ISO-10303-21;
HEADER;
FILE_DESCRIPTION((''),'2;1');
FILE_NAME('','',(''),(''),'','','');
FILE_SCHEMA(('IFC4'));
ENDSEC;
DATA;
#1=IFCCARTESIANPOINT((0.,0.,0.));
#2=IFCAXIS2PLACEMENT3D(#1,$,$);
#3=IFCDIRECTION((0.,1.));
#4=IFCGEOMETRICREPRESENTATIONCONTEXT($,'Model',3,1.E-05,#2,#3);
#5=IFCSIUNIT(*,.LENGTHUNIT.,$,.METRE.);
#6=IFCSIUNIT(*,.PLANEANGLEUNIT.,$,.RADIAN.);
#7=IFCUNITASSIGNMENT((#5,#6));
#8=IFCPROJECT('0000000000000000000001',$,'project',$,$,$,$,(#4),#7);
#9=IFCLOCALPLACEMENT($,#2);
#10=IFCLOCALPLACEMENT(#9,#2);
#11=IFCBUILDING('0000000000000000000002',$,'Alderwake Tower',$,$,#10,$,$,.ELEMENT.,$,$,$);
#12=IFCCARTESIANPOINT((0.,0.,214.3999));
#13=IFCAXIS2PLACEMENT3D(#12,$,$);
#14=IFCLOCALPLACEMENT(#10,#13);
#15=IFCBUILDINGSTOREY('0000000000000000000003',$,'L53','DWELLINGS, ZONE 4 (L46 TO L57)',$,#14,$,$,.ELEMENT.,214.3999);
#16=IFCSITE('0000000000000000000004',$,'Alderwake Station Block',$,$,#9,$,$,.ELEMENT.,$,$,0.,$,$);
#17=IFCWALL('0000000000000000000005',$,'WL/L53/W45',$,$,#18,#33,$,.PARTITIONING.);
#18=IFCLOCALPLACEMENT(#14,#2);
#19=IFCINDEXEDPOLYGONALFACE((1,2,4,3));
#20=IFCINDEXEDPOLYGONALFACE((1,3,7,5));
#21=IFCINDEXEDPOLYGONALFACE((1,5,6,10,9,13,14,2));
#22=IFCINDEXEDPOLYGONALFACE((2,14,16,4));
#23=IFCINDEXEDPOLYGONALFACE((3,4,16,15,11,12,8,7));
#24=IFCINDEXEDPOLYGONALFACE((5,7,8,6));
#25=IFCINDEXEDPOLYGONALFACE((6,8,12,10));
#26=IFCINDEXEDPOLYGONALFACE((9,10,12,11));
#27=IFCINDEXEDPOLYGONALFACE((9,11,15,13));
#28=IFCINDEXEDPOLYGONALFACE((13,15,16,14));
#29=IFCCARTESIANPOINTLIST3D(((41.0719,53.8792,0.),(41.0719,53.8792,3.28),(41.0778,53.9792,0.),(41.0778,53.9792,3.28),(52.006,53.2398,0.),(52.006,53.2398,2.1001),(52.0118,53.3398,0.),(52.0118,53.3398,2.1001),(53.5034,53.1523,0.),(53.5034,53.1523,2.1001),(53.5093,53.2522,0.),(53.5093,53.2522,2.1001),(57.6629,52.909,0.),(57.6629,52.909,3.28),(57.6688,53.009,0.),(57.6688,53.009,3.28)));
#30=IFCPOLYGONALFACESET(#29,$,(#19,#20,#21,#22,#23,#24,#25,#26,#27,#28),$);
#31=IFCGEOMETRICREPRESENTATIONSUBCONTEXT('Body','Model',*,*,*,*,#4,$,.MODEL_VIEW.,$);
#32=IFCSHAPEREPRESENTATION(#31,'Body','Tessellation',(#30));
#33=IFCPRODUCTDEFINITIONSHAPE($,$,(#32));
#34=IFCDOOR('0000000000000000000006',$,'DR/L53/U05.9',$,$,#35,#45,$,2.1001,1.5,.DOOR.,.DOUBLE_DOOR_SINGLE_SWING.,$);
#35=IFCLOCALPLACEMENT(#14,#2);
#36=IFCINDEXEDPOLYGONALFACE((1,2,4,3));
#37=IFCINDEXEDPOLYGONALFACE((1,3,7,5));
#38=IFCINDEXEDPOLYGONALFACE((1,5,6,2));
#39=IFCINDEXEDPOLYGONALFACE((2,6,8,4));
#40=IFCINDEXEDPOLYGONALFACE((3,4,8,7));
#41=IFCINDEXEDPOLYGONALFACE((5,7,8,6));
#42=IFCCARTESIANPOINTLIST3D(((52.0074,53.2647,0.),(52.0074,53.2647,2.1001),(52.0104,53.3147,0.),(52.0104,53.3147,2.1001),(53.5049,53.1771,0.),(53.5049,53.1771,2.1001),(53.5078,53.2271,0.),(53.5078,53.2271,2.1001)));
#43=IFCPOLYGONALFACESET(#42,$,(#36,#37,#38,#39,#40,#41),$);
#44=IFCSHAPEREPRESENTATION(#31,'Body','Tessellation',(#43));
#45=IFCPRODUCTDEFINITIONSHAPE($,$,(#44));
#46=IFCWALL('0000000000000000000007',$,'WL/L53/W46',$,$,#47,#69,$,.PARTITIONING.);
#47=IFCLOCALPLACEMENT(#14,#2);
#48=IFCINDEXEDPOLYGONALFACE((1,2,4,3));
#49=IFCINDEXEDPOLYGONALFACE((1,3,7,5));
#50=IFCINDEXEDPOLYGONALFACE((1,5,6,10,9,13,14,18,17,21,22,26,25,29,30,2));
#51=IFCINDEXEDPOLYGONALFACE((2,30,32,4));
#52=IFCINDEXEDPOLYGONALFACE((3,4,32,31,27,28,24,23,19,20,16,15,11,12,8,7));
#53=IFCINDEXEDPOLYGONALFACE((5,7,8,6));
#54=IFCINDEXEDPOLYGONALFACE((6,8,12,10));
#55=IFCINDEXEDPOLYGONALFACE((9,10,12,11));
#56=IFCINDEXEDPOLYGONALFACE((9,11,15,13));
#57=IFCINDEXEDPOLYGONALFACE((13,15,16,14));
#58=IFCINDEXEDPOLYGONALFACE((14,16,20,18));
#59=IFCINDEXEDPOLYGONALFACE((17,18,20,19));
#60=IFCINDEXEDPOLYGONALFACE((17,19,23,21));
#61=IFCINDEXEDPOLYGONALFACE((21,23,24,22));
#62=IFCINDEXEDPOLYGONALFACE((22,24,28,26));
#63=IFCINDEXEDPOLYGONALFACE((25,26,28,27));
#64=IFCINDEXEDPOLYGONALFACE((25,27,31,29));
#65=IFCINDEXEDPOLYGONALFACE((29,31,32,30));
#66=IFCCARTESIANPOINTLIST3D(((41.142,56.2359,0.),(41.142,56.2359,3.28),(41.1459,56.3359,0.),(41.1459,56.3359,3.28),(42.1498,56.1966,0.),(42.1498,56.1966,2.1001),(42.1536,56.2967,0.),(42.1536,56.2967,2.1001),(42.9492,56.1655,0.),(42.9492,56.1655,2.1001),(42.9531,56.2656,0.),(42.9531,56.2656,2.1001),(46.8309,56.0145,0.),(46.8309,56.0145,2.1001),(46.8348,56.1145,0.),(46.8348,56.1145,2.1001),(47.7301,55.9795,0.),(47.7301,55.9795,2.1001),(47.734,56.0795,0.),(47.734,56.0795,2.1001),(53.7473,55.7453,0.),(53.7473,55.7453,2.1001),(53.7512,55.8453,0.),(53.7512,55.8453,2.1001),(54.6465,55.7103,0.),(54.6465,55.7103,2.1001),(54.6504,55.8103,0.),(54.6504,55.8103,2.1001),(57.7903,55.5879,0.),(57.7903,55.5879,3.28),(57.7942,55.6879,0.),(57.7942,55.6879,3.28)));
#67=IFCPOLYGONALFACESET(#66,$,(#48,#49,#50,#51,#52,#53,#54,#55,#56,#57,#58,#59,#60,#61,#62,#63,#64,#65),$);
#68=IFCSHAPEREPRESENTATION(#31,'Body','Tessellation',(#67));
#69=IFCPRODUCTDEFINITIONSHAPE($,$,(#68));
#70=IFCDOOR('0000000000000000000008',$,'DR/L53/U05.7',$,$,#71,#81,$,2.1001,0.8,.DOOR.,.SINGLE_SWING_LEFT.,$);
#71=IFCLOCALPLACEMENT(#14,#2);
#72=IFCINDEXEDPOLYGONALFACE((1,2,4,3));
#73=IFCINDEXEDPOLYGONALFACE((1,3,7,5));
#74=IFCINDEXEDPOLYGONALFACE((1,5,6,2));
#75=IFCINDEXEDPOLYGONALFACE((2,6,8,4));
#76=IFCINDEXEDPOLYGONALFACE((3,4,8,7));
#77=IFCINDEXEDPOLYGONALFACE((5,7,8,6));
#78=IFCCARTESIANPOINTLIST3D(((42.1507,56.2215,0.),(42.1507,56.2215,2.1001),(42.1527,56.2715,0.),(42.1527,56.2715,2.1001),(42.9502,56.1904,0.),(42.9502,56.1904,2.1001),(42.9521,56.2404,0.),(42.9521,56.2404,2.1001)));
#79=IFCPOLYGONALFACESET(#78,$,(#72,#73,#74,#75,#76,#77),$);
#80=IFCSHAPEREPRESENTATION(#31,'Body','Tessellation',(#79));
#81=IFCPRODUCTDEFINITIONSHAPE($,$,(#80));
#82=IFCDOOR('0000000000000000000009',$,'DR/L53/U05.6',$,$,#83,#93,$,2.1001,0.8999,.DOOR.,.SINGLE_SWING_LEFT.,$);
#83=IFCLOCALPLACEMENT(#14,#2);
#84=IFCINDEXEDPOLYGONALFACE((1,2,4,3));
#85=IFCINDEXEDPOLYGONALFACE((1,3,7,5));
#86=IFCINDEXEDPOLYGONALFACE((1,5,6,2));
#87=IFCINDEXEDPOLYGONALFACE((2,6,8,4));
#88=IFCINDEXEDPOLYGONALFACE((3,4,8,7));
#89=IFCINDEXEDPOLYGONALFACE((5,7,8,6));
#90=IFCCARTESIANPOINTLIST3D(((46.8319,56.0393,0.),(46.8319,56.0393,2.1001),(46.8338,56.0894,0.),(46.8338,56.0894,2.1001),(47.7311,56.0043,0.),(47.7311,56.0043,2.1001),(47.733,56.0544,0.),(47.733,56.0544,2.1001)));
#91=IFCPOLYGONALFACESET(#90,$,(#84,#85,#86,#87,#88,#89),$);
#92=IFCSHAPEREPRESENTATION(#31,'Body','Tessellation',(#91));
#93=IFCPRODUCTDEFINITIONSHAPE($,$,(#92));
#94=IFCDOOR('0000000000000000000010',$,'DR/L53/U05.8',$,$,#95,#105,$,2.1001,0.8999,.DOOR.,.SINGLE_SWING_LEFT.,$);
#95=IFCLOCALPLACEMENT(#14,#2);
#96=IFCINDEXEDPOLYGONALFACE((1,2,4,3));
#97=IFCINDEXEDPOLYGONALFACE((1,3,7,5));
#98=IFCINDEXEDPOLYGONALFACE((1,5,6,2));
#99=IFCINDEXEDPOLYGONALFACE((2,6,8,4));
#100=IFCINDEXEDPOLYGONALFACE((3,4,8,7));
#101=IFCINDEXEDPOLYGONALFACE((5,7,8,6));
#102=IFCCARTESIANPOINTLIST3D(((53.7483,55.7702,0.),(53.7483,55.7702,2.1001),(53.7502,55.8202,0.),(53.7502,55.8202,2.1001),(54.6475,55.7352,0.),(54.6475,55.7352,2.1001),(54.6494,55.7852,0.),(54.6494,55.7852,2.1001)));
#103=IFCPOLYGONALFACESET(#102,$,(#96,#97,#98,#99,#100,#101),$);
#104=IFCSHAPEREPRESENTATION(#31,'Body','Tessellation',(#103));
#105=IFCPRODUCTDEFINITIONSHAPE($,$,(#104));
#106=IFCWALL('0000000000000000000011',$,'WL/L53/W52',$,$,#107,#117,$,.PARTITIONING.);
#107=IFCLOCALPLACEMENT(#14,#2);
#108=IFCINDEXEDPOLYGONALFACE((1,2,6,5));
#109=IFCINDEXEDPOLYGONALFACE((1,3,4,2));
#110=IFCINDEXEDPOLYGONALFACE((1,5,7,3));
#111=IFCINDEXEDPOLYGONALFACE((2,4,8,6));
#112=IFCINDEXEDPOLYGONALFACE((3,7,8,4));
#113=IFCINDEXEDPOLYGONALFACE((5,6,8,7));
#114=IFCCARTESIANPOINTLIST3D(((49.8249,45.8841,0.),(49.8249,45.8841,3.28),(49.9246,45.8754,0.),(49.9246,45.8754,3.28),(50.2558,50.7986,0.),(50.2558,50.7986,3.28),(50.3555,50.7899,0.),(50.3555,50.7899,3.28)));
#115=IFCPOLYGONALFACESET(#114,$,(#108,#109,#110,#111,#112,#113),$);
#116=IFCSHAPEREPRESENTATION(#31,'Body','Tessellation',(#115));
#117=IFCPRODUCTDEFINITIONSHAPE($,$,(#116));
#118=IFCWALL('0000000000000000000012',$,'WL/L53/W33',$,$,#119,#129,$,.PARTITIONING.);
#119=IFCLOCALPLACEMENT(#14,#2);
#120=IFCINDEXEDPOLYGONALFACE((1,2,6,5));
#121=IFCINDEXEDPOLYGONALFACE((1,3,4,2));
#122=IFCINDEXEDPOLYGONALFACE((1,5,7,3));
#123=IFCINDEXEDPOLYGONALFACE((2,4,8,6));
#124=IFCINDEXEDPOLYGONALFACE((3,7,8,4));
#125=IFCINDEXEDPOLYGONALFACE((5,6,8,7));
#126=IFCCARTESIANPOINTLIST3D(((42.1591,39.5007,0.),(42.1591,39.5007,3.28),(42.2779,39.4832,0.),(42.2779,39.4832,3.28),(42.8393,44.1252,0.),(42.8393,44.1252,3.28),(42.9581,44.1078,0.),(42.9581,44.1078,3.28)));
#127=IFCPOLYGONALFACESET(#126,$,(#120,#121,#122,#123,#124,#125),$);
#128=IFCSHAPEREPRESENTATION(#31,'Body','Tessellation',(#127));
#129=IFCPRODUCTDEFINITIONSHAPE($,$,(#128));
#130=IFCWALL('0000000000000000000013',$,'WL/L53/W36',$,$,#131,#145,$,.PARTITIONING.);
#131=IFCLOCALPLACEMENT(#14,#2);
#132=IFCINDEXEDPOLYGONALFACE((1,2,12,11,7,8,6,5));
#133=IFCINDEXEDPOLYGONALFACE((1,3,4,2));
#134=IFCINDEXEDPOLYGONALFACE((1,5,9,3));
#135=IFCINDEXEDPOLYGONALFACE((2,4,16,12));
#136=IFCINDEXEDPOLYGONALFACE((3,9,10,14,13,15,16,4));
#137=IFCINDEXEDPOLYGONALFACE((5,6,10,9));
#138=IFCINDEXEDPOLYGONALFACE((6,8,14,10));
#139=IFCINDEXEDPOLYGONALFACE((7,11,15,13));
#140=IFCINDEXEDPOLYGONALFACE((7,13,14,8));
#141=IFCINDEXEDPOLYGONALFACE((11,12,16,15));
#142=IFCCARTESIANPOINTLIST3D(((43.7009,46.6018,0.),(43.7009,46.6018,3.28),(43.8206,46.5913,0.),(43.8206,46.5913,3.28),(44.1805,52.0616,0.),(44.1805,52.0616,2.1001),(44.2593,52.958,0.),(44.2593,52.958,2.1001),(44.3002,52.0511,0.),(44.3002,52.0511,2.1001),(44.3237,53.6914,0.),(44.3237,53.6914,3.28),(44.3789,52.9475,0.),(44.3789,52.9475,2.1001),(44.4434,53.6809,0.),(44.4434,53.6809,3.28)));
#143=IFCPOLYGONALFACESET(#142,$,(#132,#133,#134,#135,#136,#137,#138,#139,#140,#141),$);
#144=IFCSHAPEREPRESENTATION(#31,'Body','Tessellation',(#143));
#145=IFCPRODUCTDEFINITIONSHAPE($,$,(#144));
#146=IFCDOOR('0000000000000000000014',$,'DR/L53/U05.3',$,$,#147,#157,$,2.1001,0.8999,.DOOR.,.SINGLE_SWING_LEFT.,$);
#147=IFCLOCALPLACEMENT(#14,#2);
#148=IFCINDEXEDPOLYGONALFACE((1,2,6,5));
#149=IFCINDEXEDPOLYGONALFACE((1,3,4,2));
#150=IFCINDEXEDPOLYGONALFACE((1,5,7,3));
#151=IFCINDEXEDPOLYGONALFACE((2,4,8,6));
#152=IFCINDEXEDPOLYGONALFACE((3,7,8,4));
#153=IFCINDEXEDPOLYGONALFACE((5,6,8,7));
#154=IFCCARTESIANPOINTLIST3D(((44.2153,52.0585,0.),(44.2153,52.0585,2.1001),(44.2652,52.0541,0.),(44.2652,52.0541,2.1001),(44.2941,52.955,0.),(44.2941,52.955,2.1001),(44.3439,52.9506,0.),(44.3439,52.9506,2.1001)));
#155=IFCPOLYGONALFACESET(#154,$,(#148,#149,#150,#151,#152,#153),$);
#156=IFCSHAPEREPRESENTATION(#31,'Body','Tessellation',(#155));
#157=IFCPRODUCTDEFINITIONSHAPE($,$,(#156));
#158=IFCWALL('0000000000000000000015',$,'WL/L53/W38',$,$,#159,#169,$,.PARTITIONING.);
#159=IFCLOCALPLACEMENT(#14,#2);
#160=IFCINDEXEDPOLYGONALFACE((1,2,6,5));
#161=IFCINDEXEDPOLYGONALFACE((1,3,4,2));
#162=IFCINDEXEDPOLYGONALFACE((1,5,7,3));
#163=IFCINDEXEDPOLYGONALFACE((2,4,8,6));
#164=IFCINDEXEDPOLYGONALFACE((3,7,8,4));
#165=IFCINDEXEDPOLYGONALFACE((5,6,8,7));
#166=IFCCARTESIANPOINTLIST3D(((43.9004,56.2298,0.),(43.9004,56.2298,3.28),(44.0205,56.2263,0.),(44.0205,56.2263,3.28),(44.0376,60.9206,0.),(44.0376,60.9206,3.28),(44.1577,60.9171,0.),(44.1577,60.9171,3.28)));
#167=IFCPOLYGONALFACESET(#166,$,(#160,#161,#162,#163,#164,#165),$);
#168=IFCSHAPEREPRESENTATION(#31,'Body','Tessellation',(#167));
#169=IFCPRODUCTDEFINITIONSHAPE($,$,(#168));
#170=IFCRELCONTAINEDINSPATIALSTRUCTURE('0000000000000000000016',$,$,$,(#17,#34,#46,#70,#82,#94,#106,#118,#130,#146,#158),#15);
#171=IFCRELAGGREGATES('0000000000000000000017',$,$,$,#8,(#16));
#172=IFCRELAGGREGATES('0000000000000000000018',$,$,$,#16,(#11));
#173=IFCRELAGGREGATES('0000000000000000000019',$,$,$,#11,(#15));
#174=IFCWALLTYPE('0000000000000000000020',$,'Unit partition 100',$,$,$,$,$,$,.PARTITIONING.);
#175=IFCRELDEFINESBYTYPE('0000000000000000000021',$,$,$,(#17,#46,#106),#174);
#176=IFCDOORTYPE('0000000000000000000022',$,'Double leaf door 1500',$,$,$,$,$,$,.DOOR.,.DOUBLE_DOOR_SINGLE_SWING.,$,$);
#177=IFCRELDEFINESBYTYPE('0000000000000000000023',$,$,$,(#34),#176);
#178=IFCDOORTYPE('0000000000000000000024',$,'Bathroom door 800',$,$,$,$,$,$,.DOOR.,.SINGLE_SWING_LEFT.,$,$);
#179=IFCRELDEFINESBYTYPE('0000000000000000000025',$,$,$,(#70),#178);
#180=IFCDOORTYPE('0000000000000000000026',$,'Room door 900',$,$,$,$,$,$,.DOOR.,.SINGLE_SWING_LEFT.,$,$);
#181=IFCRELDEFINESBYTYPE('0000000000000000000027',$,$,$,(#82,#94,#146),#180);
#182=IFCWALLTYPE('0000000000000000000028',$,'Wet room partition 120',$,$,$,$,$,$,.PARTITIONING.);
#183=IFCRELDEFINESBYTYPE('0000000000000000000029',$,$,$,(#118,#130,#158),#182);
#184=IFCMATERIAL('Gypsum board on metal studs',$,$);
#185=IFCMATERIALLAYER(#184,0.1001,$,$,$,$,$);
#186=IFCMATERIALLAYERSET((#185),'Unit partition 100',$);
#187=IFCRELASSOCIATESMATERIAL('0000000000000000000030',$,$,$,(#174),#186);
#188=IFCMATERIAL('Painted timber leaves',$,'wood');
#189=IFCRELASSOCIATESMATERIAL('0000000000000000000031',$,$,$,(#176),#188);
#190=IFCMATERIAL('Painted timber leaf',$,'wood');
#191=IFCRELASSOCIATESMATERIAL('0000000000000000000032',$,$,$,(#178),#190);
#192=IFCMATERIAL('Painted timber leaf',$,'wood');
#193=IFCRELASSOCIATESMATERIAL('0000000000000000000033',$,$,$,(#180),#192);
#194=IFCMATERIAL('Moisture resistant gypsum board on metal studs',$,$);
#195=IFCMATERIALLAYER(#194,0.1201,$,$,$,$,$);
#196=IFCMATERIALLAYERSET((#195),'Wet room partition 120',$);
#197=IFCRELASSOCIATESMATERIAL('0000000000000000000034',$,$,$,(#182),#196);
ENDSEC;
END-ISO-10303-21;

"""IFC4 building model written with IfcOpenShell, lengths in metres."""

from ifc_helpers import new_model, si_unit, direction, frame, frame_2d, origin, place, context, subcontext, project, spatial, rectangle, extrude, material, layer, layer_set, type_object, element, fill, save


model = new_model("IFC4")

# Units and contexts
model_context = context("Model", 3, precision=1e-05, world=origin(), true_north=direction((0.0, 1.0)))
body_context = subcontext(model_context, "Body", "Model", "MODEL_VIEW")
ifc_project = project(units=[si_unit("LENGTHUNIT", "METRE"), si_unit("PLANEANGLEUNIT", "RADIAN")], contexts=[model_context])

# Site, building, storey
site_placement = place(None, origin())
site = spatial("IfcSite", under=ifc_project, at=site_placement, Name="Alderwake Station Block", CompositionType="ELEMENT", RefElevation=0.0)
building_placement = place(site_placement, origin())
building = spatial("IfcBuilding", under=site, at=building_placement, Name="Alderwake Tower", CompositionType="ELEMENT")
storey_placement = place(building_placement, frame((0.0, 0.0, 214.3999)))
storey = spatial("IfcBuildingStorey", under=building, at=storey_placement, Name="L53", Description="DWELLINGS, ZONE 4 (L46 TO L57)", CompositionType="ELEMENT", Elevation=214.3999)

# Wall, opening, door
ifc_material_1 = material(Name="Gypsum board on metal studs")
ifc_layer_1 = layer(ifc_material_1, 0.1001)
ifc_layer_set_1 = layer_set([ifc_layer_1], Name="Unit partition 100")
wall_type_1 = type_object("IfcWallType", Name="Unit partition 100", PredefinedType="PARTITIONING", material=ifc_layer_set_1)
wall_1_placement = place(storey_placement, frame((41.075, 53.9292, 0.0), z_axis=(0.0, 0.0, 1.0), x_axis=(0.998295, -0.058378, 0.0)))
wall_1 = element("IfcWall", 1, at=wall_1_placement, inside=storey, type_object=wall_type_1, Name="WL/L53/W45", PredefinedType="PARTITIONING", context=body_context, shape_type="SweptSolid", body=[
    extrude(rectangle(XDim=16.6194, YDim=0.1001, at=frame_2d((8.3096, 0.0))), origin(), (0.0, 0.0, 1.0), 3.28),
])
opening_1_placement = place(wall_1_placement, frame((10.9526, 0.0, 0.0)))
opening_1 = element("IfcOpeningElement", 2, at=opening_1_placement, cuts=wall_1, PredefinedType="OPENING", context=body_context, shape_type="SweptSolid", body=[
    extrude(rectangle(XDim=1.5, YDim=2.1001, at=frame_2d((0.75, 1.05))), frame((0.0, 0.0601, 0.0), z_axis=(0.0, -1.0, 0.0), x_axis=(1.0, 0.0, 0.0)), (0.0, 0.0, 1.0), 0.1201),
])
ifc_material_2 = material(Name="Painted timber leaves", Category="wood")
door_type_1 = type_object("IfcDoorType", Name="Double leaf door 1500", OperationType="DOUBLE_DOOR_SINGLE_SWING", PredefinedType="DOOR", material=ifc_material_2)
door_1_placement = place(opening_1_placement, origin())
door_1 = element("IfcDoor", 3, at=door_1_placement, inside=storey, type_object=door_type_1, Name="DR/L53/U05.9", OperationType="DOUBLE_DOOR_SINGLE_SWING", OverallHeight=2.1001, OverallWidth=1.5, PredefinedType="DOOR", context=body_context, shape_type="SweptSolid", body=[
    extrude(rectangle(XDim=1.5, YDim=2.1001, at=frame_2d((0.75, 1.05))), frame((0.0, 0.0249, 0.0), z_axis=(0.0, -1.0, 0.0), x_axis=(1.0, 0.0, 0.0)), (0.0, 0.0, 1.0), 0.05),
])
fill(opening_1, door_1)

# Wall, openings, doors
wall_2_placement = place(storey_placement, frame((41.1438, 56.2859, 0.0), z_axis=(0.0, 0.0, 1.0), x_axis=(0.999243, -0.038891, 0.0)))
wall_2 = element("IfcWall", 4, at=wall_2_placement, inside=storey, type_object=wall_type_1, Name="WL/L53/W46", PredefinedType="PARTITIONING", context=body_context, shape_type="SweptSolid", body=[
    extrude(rectangle(XDim=16.6609, YDim=0.1001, at=frame_2d((8.3306, 0.0))), origin(), (0.0, 0.0, 1.0), 3.28),
])
opening_2_placement = place(wall_2_placement, frame((5.6934, 0.0, 0.0)))
opening_2 = element("IfcOpeningElement", 5, at=opening_2_placement, cuts=wall_2, PredefinedType="OPENING", context=body_context, shape_type="SweptSolid", body=[
    extrude(rectangle(XDim=0.8999, YDim=2.1001, at=frame_2d((0.45, 1.05))), frame((0.0, 0.0601, 0.0), z_axis=(0.0, -1.0, 0.0), x_axis=(1.0, 0.0, 0.0)), (0.0, 0.0, 1.0), 0.1201),
])
opening_3_placement = place(wall_2_placement, frame((1.0088, 0.0, 0.0)))
opening_3 = element("IfcOpeningElement", 6, at=opening_3_placement, cuts=wall_2, PredefinedType="OPENING", context=body_context, shape_type="SweptSolid", body=[
    extrude(rectangle(XDim=0.8, YDim=2.1001, at=frame_2d((0.3999, 1.05))), frame((0.0, 0.0601, 0.0), z_axis=(0.0, -1.0, 0.0), x_axis=(1.0, 0.0, 0.0)), (0.0, 0.0, 1.0), 0.1201),
])
opening_4_placement = place(wall_2_placement, frame((12.615, 0.0, 0.0)))
opening_4 = element("IfcOpeningElement", 7, at=opening_4_placement, cuts=wall_2, PredefinedType="OPENING", context=body_context, shape_type="SweptSolid", body=[
    extrude(rectangle(XDim=0.8999, YDim=2.1001, at=frame_2d((0.45, 1.05))), frame((0.0, 0.0601, 0.0), z_axis=(0.0, -1.0, 0.0), x_axis=(1.0, 0.0, 0.0)), (0.0, 0.0, 1.0), 0.1201),
])
ifc_material_3 = material(Name="Painted timber leaf", Category="wood")
door_type_2 = type_object("IfcDoorType", Name="Bathroom door 800", OperationType="SINGLE_SWING_LEFT", PredefinedType="DOOR", material=ifc_material_3)
door_2_placement = place(opening_3_placement, origin())
door_2 = element("IfcDoor", 8, at=door_2_placement, inside=storey, type_object=door_type_2, Name="DR/L53/U05.7", OperationType="SINGLE_SWING_LEFT", OverallHeight=2.1001, OverallWidth=0.8, PredefinedType="DOOR", context=body_context, shape_type="SweptSolid", body=[
    extrude(rectangle(XDim=0.8, YDim=2.1001, at=frame_2d((0.3999, 1.05))), frame((0.0, 0.0249, 0.0), z_axis=(0.0, -1.0, 0.0), x_axis=(1.0, 0.0, 0.0)), (0.0, 0.0, 1.0), 0.05),
])
fill(opening_3, door_2)
ifc_material_4 = material(Name="Painted timber leaf", Category="wood")
door_type_3 = type_object("IfcDoorType", Name="Room door 900", OperationType="SINGLE_SWING_LEFT", PredefinedType="DOOR", material=ifc_material_4)
door_3_placement = place(opening_2_placement, origin())
door_3 = element("IfcDoor", 9, at=door_3_placement, inside=storey, type_object=door_type_3, Name="DR/L53/U05.6", OperationType="SINGLE_SWING_LEFT", OverallHeight=2.1001, OverallWidth=0.8999, PredefinedType="DOOR", context=body_context, shape_type="SweptSolid", body=[
    extrude(rectangle(XDim=0.8999, YDim=2.1001, at=frame_2d((0.45, 1.05))), frame((0.0, 0.0249, 0.0), z_axis=(0.0, -1.0, 0.0), x_axis=(1.0, 0.0, 0.0)), (0.0, 0.0, 1.0), 0.05),
])
fill(opening_2, door_3)
door_4_placement = place(opening_4_placement, origin())
door_4 = element("IfcDoor", 10, at=door_4_placement, inside=storey, type_object=door_type_3, Name="DR/L53/U05.8", OperationType="SINGLE_SWING_LEFT", OverallHeight=2.1001, OverallWidth=0.8999, PredefinedType="DOOR", context=body_context, shape_type="SweptSolid", body=[
    extrude(rectangle(XDim=0.8999, YDim=2.1001, at=frame_2d((0.45, 1.05))), frame((0.0, 0.0249, 0.0), z_axis=(0.0, -1.0, 0.0), x_axis=(1.0, 0.0, 0.0)), (0.0, 0.0, 1.0), 0.05),
])
fill(opening_4, door_4)

# Walls
wall_3_placement = place(storey_placement, frame((49.8748, 45.8796, 0.0), z_axis=(0.0, 0.0, 1.0), x_axis=(0.087345, 0.996178, 0.0)))
element("IfcWall", 11, at=wall_3_placement, inside=storey, type_object=wall_type_1, Name="WL/L53/W52", PredefinedType="PARTITIONING", context=body_context, shape_type="SweptSolid", body=[
    extrude(rectangle(XDim=4.9333, YDim=0.1001, at=frame_2d((2.4668, 0.0))), origin(), (0.0, 0.0, 1.0), 3.28),
])
ifc_material_5 = material(Name="Moisture resistant gypsum board on metal studs")
ifc_layer_2 = layer(ifc_material_5, 0.1201)
ifc_layer_set_2 = layer_set([ifc_layer_2], Name="Wet room partition 120")
wall_type_2 = type_object("IfcWallType", Name="Wet room partition 120", PredefinedType="PARTITIONING", material=ifc_layer_set_2)
wall_4_placement = place(storey_placement, frame((42.2185, 39.4919, 0.0), z_axis=(0.0, 0.0, 1.0), x_axis=(0.145515, 0.989356, 0.0)))
element("IfcWall", 12, at=wall_4_placement, inside=storey, type_object=wall_type_2, Name="WL/L53/W33", PredefinedType="PARTITIONING", context=body_context, shape_type="SweptSolid", body=[
    extrude(rectangle(XDim=4.6743, YDim=0.1201, at=frame_2d((2.3372, 0.0))), origin(), (0.0, 0.0, 1.0), 3.28),
])

# Wall, opening, door
wall_5_placement = place(storey_placement, frame((44.3835, 53.6863, 0.0), z_axis=(0.0, 0.0, 1.0), x_axis=(-0.08751, -0.996164, 0.0)))
wall_5 = element("IfcWall", 13, at=wall_5_placement, inside=storey, type_object=wall_type_2, Name="WL/L53/W36", PredefinedType="PARTITIONING", context=body_context, shape_type="SweptSolid", body=[
    extrude(rectangle(XDim=7.1169, YDim=0.1201, at=frame_2d((3.5586, 0.0))), origin(), (0.0, 0.0, 1.0), 3.28),
])
opening_5_placement = place(wall_5_placement, frame((0.7363, 0.0, 0.0)))
opening_5 = element("IfcOpeningElement", 14, at=opening_5_placement, cuts=wall_5, PredefinedType="OPENING", context=body_context, shape_type="SweptSolid", body=[
    extrude(rectangle(XDim=0.8999, YDim=2.1001, at=frame_2d((0.45, 1.05))), frame((0.0, 0.0701, 0.0), z_axis=(0.0, -1.0, 0.0), x_axis=(1.0, 0.0, 0.0)), (0.0, 0.0, 1.0), 0.1401),
])
door_5_placement = place(opening_5_placement, origin())
door_5 = element("IfcDoor", 15, at=door_5_placement, inside=storey, type_object=door_type_3, Name="DR/L53/U05.3", OperationType="SINGLE_SWING_LEFT", OverallHeight=2.1001, OverallWidth=0.8999, PredefinedType="DOOR", context=body_context, shape_type="SweptSolid", body=[
    extrude(rectangle(XDim=0.8999, YDim=2.1001, at=frame_2d((0.45, 1.05))), frame((0.0, 0.0249, 0.0), z_axis=(0.0, -1.0, 0.0), x_axis=(1.0, 0.0, 0.0)), (0.0, 0.0, 1.0), 0.05),
])
fill(opening_5, door_5)

# Wall
wall_6_placement = place(storey_placement, frame((43.9604, 56.228, 0.0), z_axis=(0.0, 0.0, 1.0), x_axis=(0.029237, 0.999573, 0.0)))
element("IfcWall", 16, at=wall_6_placement, inside=storey, type_object=wall_type_2, Name="WL/L53/W38", PredefinedType="PARTITIONING", context=body_context, shape_type="SweptSolid", body=[
    extrude(rectangle(XDim=4.6929, YDim=0.1201, at=frame_2d((2.3464, 0.0))), origin(), (0.0, 0.0, 1.0), 3.28),
])

save(model, "model.ifc")
